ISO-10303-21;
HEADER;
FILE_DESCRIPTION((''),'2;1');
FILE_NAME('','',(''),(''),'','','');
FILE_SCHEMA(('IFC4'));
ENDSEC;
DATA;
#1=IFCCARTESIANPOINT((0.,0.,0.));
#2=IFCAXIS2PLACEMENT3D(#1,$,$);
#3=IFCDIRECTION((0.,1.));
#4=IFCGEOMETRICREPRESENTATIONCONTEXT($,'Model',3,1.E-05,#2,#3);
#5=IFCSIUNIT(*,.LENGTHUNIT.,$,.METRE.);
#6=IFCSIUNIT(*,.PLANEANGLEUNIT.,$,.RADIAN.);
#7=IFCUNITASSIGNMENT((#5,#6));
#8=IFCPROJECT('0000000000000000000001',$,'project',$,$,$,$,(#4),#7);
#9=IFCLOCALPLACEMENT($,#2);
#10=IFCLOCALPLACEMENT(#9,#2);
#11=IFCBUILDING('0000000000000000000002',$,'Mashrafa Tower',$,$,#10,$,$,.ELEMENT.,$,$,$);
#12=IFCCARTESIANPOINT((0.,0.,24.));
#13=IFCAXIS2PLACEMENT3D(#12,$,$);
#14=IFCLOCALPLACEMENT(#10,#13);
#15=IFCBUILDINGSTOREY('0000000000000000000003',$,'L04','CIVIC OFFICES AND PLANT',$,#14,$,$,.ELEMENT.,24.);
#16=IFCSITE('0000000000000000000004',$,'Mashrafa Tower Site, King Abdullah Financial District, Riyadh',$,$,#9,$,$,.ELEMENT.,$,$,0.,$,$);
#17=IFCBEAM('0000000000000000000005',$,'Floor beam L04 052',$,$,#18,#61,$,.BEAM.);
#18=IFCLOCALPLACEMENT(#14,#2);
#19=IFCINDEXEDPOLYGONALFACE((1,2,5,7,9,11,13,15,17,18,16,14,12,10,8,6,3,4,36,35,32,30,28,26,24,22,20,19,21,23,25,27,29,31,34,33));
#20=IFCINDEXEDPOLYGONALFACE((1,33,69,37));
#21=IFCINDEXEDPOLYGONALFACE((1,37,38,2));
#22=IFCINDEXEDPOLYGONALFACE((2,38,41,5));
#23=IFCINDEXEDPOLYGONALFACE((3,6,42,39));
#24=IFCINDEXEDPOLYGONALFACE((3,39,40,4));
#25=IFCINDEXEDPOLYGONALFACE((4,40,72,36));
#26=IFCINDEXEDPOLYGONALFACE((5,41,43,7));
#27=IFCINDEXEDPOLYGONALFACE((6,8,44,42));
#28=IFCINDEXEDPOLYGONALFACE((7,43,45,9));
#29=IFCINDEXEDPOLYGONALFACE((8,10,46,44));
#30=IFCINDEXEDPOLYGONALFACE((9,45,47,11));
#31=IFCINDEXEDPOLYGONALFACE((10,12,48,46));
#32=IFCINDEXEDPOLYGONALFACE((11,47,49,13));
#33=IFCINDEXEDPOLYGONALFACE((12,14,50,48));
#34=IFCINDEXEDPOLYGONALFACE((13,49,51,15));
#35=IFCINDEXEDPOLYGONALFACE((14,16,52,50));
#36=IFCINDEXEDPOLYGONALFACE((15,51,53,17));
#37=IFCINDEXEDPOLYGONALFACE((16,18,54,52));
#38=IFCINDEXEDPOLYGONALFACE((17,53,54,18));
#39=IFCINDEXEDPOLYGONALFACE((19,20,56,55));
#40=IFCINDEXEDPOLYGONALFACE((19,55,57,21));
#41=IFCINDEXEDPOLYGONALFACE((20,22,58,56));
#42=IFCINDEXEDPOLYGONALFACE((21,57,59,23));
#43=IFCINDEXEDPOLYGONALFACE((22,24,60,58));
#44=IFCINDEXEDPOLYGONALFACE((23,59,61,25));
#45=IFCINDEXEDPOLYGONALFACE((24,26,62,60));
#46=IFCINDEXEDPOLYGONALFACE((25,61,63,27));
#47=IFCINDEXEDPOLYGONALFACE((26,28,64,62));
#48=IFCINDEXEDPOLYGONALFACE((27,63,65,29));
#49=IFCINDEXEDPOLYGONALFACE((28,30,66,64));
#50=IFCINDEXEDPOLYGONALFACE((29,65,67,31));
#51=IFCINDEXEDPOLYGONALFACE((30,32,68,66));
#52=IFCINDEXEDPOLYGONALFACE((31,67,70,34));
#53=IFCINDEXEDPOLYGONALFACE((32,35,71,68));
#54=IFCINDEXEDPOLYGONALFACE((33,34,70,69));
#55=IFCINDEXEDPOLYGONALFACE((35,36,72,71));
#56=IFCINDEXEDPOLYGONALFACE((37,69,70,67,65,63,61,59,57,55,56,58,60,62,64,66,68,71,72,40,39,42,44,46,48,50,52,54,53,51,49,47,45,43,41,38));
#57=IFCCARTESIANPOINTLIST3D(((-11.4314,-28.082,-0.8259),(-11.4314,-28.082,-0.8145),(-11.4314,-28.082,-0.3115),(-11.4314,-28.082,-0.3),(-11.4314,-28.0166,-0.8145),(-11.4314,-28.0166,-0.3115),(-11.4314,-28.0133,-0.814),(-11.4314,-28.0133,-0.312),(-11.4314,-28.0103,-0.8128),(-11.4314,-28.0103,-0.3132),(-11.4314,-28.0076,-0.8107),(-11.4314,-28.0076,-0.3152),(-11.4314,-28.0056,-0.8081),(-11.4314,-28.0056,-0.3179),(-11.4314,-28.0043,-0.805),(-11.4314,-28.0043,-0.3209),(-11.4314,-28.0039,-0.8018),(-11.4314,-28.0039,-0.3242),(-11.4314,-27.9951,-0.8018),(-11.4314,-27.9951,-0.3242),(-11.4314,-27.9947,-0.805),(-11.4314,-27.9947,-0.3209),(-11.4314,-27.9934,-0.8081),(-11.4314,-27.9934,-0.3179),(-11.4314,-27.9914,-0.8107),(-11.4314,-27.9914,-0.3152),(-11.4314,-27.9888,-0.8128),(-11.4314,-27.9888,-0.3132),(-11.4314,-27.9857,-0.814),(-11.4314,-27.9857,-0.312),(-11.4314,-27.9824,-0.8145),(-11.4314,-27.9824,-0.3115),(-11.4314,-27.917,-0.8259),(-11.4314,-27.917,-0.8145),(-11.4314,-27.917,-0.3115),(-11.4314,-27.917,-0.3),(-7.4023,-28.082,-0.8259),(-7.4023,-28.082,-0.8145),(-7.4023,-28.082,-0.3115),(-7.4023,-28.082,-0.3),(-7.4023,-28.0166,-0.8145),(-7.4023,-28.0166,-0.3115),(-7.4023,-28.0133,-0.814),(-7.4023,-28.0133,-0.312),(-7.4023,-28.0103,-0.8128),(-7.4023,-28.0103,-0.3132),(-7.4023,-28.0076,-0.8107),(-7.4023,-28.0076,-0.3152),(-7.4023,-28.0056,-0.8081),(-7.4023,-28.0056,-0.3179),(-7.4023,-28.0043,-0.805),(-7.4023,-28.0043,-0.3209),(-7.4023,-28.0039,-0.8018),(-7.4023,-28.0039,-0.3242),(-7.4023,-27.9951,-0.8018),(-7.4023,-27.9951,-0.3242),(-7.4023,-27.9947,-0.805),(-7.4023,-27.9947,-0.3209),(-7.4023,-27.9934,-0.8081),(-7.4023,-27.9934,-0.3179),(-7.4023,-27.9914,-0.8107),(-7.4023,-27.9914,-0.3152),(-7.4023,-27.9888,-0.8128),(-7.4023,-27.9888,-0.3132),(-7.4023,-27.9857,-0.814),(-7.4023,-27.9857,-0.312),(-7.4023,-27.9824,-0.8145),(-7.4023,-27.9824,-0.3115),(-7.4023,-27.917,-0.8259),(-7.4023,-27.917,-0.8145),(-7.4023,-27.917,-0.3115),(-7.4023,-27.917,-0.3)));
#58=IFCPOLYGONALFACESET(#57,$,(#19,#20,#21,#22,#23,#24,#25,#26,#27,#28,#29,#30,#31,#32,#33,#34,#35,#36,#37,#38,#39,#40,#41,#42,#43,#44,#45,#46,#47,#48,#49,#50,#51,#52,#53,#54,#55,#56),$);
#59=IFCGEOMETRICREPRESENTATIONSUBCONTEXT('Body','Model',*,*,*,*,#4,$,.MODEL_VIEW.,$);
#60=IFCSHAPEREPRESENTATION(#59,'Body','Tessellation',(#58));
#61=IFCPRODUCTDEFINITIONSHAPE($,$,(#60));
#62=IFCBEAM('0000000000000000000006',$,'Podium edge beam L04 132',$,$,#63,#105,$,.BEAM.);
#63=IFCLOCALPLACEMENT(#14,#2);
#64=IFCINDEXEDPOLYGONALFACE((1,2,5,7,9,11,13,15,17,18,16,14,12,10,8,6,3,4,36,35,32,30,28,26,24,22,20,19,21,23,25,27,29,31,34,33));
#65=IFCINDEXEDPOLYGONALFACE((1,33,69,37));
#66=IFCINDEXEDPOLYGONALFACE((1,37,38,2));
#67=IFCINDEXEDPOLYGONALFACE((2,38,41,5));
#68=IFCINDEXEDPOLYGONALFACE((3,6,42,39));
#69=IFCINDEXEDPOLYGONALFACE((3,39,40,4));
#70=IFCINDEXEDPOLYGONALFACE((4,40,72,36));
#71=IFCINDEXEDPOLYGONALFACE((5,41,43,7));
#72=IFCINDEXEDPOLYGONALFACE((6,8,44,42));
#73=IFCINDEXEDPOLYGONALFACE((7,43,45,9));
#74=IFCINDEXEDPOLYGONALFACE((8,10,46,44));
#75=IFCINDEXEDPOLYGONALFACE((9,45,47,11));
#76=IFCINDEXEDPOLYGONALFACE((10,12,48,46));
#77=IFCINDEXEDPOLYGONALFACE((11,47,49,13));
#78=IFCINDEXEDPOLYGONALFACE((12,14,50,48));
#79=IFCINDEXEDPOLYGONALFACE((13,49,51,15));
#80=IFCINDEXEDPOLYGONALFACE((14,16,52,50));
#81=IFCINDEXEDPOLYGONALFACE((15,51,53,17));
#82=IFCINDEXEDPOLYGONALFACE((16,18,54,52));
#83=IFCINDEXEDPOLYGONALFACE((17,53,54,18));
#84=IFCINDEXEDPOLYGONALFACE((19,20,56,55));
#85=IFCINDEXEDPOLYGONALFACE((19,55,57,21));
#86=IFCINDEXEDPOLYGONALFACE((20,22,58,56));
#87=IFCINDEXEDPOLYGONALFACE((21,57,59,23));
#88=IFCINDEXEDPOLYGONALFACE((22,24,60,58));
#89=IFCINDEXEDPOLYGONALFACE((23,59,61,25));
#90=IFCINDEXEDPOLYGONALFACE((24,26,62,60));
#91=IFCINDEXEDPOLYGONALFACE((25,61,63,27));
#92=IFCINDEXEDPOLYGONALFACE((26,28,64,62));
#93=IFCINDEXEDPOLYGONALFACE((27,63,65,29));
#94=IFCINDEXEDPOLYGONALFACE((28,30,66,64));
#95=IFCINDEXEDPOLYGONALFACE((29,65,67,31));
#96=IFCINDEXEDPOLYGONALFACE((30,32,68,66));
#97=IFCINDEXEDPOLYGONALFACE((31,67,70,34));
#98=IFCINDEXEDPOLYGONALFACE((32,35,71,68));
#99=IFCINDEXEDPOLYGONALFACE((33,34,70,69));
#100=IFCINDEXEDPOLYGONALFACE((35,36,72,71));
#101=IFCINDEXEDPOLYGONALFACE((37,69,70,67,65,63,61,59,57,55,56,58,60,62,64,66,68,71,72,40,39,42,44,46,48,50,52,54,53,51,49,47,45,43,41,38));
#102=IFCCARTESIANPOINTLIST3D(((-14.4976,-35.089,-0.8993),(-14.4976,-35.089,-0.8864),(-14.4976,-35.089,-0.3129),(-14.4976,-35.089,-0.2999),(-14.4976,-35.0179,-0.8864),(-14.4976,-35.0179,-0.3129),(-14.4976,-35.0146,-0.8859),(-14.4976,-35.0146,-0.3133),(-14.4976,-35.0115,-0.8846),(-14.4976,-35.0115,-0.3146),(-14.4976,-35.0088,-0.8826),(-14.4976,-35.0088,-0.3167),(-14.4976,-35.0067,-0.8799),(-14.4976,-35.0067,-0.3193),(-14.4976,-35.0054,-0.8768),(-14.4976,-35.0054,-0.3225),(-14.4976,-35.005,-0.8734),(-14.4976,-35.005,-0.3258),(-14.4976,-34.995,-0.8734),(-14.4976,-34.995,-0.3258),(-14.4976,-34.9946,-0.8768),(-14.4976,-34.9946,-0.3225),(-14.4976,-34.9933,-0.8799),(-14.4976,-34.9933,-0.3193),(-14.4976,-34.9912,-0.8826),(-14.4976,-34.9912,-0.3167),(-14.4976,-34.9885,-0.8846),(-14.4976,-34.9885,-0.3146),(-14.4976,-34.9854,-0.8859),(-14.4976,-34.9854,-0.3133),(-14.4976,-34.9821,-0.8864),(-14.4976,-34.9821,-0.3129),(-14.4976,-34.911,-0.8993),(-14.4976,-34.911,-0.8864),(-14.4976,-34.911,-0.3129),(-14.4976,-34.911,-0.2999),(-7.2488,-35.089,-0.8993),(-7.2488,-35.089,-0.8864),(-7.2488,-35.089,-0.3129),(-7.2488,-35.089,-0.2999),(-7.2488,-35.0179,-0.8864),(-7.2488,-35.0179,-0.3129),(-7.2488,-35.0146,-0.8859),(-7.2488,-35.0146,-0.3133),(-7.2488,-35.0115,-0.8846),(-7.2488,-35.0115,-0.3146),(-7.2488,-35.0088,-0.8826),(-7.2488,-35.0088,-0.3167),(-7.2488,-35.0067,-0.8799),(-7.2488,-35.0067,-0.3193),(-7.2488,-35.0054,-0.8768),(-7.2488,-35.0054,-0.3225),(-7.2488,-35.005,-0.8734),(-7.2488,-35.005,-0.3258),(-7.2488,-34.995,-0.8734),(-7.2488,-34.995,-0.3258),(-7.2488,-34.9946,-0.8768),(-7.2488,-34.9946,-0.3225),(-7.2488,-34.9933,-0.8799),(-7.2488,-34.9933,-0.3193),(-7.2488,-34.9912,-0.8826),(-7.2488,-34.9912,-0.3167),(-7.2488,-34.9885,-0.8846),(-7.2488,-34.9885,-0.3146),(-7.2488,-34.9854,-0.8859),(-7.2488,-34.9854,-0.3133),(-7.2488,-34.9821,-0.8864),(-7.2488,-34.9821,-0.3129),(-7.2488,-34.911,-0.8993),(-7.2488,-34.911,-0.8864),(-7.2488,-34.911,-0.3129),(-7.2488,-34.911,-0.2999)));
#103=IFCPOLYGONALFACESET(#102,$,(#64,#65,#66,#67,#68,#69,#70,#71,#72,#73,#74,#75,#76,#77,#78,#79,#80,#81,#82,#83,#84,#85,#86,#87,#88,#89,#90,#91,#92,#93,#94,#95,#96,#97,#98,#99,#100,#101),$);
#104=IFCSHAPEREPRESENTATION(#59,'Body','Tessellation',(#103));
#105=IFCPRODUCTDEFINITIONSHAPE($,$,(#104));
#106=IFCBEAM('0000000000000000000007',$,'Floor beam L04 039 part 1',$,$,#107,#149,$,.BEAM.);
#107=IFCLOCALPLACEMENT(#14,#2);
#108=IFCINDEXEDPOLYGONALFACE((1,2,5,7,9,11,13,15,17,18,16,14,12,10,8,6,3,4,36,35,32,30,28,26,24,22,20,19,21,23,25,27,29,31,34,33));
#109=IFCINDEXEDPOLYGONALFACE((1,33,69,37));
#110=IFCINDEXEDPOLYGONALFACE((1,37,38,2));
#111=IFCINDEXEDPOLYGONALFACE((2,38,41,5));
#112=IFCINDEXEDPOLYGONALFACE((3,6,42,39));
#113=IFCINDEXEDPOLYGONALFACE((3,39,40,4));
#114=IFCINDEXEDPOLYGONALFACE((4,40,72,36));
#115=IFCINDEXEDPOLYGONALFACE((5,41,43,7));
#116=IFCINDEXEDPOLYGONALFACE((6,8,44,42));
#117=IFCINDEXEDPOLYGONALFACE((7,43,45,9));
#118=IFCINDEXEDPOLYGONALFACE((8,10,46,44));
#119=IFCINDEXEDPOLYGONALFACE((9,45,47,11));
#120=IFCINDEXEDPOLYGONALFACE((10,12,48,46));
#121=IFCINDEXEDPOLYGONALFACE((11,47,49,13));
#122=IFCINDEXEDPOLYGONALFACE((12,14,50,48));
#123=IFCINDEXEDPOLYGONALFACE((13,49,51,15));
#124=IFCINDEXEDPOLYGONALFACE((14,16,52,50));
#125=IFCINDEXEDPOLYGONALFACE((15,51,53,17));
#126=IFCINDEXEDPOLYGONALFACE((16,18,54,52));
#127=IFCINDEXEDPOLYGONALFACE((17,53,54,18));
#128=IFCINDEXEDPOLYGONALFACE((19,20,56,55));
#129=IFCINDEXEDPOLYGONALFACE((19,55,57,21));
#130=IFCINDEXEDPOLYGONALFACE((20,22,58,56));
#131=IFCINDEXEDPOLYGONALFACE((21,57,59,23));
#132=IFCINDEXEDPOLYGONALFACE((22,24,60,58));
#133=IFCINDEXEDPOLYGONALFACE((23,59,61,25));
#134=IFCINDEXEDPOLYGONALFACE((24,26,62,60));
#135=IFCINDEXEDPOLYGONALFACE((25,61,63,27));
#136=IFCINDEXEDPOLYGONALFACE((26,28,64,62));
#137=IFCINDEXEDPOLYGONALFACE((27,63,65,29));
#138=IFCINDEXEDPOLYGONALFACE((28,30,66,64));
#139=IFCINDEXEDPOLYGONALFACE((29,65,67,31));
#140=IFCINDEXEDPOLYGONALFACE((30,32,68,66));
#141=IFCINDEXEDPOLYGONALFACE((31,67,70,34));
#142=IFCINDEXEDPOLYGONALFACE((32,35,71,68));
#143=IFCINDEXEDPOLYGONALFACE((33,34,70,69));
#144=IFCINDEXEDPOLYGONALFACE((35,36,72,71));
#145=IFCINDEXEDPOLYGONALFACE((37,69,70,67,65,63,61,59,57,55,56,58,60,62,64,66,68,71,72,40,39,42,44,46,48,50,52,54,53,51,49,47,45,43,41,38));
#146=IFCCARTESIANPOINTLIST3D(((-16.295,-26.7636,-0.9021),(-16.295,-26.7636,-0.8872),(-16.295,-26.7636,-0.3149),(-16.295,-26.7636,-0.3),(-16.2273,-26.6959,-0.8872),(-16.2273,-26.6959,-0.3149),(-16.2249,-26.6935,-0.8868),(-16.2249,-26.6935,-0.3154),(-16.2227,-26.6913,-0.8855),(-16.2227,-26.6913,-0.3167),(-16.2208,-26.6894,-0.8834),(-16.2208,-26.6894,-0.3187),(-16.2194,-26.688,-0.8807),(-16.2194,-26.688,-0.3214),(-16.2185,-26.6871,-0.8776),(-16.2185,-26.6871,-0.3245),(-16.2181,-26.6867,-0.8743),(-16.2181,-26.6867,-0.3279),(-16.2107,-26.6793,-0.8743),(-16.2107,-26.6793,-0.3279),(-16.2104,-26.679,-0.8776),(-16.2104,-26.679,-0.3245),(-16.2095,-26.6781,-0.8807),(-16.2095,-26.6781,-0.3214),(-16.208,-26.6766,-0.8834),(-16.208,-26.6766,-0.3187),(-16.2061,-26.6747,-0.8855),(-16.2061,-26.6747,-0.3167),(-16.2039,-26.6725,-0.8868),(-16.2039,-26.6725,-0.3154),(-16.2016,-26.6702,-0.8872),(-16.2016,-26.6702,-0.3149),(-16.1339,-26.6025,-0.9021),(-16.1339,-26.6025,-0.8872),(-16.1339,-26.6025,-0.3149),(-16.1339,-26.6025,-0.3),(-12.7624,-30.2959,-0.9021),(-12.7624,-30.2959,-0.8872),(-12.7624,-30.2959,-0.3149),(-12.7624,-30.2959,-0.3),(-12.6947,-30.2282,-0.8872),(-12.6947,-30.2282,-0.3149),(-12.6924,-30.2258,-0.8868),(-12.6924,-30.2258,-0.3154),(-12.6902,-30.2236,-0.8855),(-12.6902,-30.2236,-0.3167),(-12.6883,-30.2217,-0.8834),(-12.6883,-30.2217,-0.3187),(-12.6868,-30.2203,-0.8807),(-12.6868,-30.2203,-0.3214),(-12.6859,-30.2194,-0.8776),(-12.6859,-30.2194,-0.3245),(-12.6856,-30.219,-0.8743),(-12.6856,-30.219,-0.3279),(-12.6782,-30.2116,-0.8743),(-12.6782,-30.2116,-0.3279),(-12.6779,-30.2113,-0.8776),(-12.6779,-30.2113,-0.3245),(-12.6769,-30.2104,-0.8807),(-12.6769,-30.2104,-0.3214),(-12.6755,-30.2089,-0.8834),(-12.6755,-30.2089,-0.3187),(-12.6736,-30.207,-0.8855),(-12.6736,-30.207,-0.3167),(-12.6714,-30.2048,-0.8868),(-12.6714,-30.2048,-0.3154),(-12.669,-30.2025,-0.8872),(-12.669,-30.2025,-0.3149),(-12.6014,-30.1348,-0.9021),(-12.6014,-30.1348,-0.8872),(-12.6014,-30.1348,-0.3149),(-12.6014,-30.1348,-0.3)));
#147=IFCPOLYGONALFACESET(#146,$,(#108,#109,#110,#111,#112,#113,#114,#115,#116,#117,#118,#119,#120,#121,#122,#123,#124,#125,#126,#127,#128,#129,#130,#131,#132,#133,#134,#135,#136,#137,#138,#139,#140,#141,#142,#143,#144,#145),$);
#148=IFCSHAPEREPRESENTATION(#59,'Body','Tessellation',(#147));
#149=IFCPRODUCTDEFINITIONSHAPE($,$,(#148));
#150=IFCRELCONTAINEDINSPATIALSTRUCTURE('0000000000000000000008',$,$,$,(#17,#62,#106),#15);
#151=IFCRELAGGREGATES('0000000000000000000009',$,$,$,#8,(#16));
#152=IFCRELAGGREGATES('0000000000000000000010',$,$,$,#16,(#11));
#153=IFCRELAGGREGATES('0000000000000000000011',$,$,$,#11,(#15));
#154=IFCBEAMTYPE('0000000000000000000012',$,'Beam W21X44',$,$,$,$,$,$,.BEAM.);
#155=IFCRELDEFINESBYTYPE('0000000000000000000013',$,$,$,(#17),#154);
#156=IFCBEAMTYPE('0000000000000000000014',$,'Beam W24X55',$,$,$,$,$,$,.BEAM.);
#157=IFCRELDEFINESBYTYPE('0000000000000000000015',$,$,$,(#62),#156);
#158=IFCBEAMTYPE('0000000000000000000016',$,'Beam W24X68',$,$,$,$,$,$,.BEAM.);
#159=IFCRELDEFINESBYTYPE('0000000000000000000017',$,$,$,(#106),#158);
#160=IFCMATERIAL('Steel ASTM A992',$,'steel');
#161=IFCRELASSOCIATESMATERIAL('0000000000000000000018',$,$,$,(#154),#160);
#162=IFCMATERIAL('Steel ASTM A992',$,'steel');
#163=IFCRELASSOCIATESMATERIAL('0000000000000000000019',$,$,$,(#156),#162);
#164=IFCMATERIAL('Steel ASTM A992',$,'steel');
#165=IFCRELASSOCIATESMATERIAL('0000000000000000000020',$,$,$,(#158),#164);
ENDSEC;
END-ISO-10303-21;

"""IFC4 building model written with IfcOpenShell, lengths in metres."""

from ifc_helpers import new_model, si_unit, direction, frame, origin, origin_2d, place, context, subcontext, project, spatial, i_section, extrude, material, material_profile, profile_set, type_object, element, save


model = new_model("IFC4")

# Units and contexts
model_context = context("Model", 3, precision=1e-05, world=origin(), true_north=direction((0.0, 1.0)))
body_context = subcontext(model_context, "Body", "Model", "MODEL_VIEW")
ifc_project = project(units=[si_unit("LENGTHUNIT", "METRE"), si_unit("PLANEANGLEUNIT", "RADIAN")], contexts=[model_context])

# Site, building, storey
site_placement = place(None, origin())
site = spatial("IfcSite", under=ifc_project, at=site_placement, Name="Mashrafa Tower Site, King Abdullah Financial District, Riyadh", CompositionType="ELEMENT", RefElevation=0.0)
building_placement = place(site_placement, origin())
building = spatial("IfcBuilding", under=site, at=building_placement, Name="Mashrafa Tower", CompositionType="ELEMENT")
storey_placement = place(building_placement, frame((0.0, 0.0, 24.0)))
storey = spatial("IfcBuildingStorey", under=building, at=storey_placement, Name="L04", Description="CIVIC OFFICES AND PLANT", CompositionType="ELEMENT", Elevation=24.0)

# Beams
ifc_material_1 = material(Name="Steel ASTM A992", Category="steel")
ifc_material_profile_1 = material_profile(ifc_material_1, i_section(OverallWidth=0.165, OverallDepth=0.5259, WebThickness=0.0088, FlangeThickness=0.0115, FilletRadius=0.0127, at=origin_2d()), Name="W21X44")
ifc_profile_set_1 = profile_set([ifc_material_profile_1], Name="Steel ASTM A992")
beam_type_1 = type_object("IfcBeamType", Name="Beam W21X44", PredefinedType="BEAM", material=ifc_profile_set_1)
beam_1_placement = place(storey_placement, frame((-7.4023, -27.9995, -0.563), z_axis=(-1.0, 0.0, 0.0), x_axis=(0.0, -1.0, 0.0)))
element("IfcBeam", 1, at=beam_1_placement, inside=storey, type_object=beam_type_1, Name="Floor beam L04 052", PredefinedType="BEAM", context=body_context, shape_type="SweptSolid", body=[
    extrude(i_section(OverallWidth=0.165, OverallDepth=0.5259, WebThickness=0.0088, FlangeThickness=0.0115, FilletRadius=0.0127, at=origin_2d()), origin(), (0.0, 0.0, 1.0), 4.0291),
])
ifc_material_2 = material(Name="Steel ASTM A992", Category="steel")
ifc_material_profile_2 = material_profile(ifc_material_2, i_section(OverallWidth=0.178, OverallDepth=0.5994, WebThickness=0.01, FlangeThickness=0.0129, FilletRadius=0.0129, at=origin_2d()), Name="W24X55")
ifc_profile_set_2 = profile_set([ifc_material_profile_2], Name="Steel ASTM A992")
beam_type_2 = type_object("IfcBeamType", Name="Beam W24X55", PredefinedType="BEAM", material=ifc_profile_set_2)
beam_2_placement = place(storey_placement, frame((-14.4976, -35.0, -0.5996), z_axis=(1.0, 0.0, 0.0), x_axis=(0.0, 1.0, 0.0)))
element("IfcBeam", 2, at=beam_2_placement, inside=storey, type_object=beam_type_2, Name="Podium edge beam L04 132", PredefinedType="BEAM", context=body_context, shape_type="SweptSolid", body=[
    extrude(i_section(OverallWidth=0.178, OverallDepth=0.5994, WebThickness=0.01, FlangeThickness=0.0129, FilletRadius=0.0129, at=origin_2d()), origin(), (0.0, 0.0, 1.0), 7.2488),
])
ifc_material_3 = material(Name="Steel ASTM A992", Category="steel")
ifc_material_profile_3 = material_profile(ifc_material_3, i_section(OverallWidth=0.2278, OverallDepth=0.6021, WebThickness=0.0105, FlangeThickness=0.0149, FilletRadius=0.0129, at=origin_2d()), Name="W24X68")
ifc_profile_set_3 = profile_set([ifc_material_profile_3], Name="Steel ASTM A992")
beam_type_3 = type_object("IfcBeamType", Name="Beam W24X68", PredefinedType="BEAM", material=ifc_profile_set_3)
beam_3_placement = place(storey_placement, frame((-12.6819, -30.2153, -0.6011), z_axis=(-0.707131, 0.707082, 0.0), x_axis=(-0.707082, -0.707131, 0.0)))
element("IfcBeam", 3, at=beam_3_placement, inside=storey, type_object=beam_type_3, Name="Floor beam L04 039 part 1", PredefinedType="BEAM", context=body_context, shape_type="SweptSolid", body=[
    extrude(i_section(OverallWidth=0.2278, OverallDepth=0.6021, WebThickness=0.0105, FlangeThickness=0.0149, FilletRadius=0.0129, at=origin_2d()), origin(), (0.0, 0.0, 1.0), 4.9956),
])

save(model, "model.ifc")
